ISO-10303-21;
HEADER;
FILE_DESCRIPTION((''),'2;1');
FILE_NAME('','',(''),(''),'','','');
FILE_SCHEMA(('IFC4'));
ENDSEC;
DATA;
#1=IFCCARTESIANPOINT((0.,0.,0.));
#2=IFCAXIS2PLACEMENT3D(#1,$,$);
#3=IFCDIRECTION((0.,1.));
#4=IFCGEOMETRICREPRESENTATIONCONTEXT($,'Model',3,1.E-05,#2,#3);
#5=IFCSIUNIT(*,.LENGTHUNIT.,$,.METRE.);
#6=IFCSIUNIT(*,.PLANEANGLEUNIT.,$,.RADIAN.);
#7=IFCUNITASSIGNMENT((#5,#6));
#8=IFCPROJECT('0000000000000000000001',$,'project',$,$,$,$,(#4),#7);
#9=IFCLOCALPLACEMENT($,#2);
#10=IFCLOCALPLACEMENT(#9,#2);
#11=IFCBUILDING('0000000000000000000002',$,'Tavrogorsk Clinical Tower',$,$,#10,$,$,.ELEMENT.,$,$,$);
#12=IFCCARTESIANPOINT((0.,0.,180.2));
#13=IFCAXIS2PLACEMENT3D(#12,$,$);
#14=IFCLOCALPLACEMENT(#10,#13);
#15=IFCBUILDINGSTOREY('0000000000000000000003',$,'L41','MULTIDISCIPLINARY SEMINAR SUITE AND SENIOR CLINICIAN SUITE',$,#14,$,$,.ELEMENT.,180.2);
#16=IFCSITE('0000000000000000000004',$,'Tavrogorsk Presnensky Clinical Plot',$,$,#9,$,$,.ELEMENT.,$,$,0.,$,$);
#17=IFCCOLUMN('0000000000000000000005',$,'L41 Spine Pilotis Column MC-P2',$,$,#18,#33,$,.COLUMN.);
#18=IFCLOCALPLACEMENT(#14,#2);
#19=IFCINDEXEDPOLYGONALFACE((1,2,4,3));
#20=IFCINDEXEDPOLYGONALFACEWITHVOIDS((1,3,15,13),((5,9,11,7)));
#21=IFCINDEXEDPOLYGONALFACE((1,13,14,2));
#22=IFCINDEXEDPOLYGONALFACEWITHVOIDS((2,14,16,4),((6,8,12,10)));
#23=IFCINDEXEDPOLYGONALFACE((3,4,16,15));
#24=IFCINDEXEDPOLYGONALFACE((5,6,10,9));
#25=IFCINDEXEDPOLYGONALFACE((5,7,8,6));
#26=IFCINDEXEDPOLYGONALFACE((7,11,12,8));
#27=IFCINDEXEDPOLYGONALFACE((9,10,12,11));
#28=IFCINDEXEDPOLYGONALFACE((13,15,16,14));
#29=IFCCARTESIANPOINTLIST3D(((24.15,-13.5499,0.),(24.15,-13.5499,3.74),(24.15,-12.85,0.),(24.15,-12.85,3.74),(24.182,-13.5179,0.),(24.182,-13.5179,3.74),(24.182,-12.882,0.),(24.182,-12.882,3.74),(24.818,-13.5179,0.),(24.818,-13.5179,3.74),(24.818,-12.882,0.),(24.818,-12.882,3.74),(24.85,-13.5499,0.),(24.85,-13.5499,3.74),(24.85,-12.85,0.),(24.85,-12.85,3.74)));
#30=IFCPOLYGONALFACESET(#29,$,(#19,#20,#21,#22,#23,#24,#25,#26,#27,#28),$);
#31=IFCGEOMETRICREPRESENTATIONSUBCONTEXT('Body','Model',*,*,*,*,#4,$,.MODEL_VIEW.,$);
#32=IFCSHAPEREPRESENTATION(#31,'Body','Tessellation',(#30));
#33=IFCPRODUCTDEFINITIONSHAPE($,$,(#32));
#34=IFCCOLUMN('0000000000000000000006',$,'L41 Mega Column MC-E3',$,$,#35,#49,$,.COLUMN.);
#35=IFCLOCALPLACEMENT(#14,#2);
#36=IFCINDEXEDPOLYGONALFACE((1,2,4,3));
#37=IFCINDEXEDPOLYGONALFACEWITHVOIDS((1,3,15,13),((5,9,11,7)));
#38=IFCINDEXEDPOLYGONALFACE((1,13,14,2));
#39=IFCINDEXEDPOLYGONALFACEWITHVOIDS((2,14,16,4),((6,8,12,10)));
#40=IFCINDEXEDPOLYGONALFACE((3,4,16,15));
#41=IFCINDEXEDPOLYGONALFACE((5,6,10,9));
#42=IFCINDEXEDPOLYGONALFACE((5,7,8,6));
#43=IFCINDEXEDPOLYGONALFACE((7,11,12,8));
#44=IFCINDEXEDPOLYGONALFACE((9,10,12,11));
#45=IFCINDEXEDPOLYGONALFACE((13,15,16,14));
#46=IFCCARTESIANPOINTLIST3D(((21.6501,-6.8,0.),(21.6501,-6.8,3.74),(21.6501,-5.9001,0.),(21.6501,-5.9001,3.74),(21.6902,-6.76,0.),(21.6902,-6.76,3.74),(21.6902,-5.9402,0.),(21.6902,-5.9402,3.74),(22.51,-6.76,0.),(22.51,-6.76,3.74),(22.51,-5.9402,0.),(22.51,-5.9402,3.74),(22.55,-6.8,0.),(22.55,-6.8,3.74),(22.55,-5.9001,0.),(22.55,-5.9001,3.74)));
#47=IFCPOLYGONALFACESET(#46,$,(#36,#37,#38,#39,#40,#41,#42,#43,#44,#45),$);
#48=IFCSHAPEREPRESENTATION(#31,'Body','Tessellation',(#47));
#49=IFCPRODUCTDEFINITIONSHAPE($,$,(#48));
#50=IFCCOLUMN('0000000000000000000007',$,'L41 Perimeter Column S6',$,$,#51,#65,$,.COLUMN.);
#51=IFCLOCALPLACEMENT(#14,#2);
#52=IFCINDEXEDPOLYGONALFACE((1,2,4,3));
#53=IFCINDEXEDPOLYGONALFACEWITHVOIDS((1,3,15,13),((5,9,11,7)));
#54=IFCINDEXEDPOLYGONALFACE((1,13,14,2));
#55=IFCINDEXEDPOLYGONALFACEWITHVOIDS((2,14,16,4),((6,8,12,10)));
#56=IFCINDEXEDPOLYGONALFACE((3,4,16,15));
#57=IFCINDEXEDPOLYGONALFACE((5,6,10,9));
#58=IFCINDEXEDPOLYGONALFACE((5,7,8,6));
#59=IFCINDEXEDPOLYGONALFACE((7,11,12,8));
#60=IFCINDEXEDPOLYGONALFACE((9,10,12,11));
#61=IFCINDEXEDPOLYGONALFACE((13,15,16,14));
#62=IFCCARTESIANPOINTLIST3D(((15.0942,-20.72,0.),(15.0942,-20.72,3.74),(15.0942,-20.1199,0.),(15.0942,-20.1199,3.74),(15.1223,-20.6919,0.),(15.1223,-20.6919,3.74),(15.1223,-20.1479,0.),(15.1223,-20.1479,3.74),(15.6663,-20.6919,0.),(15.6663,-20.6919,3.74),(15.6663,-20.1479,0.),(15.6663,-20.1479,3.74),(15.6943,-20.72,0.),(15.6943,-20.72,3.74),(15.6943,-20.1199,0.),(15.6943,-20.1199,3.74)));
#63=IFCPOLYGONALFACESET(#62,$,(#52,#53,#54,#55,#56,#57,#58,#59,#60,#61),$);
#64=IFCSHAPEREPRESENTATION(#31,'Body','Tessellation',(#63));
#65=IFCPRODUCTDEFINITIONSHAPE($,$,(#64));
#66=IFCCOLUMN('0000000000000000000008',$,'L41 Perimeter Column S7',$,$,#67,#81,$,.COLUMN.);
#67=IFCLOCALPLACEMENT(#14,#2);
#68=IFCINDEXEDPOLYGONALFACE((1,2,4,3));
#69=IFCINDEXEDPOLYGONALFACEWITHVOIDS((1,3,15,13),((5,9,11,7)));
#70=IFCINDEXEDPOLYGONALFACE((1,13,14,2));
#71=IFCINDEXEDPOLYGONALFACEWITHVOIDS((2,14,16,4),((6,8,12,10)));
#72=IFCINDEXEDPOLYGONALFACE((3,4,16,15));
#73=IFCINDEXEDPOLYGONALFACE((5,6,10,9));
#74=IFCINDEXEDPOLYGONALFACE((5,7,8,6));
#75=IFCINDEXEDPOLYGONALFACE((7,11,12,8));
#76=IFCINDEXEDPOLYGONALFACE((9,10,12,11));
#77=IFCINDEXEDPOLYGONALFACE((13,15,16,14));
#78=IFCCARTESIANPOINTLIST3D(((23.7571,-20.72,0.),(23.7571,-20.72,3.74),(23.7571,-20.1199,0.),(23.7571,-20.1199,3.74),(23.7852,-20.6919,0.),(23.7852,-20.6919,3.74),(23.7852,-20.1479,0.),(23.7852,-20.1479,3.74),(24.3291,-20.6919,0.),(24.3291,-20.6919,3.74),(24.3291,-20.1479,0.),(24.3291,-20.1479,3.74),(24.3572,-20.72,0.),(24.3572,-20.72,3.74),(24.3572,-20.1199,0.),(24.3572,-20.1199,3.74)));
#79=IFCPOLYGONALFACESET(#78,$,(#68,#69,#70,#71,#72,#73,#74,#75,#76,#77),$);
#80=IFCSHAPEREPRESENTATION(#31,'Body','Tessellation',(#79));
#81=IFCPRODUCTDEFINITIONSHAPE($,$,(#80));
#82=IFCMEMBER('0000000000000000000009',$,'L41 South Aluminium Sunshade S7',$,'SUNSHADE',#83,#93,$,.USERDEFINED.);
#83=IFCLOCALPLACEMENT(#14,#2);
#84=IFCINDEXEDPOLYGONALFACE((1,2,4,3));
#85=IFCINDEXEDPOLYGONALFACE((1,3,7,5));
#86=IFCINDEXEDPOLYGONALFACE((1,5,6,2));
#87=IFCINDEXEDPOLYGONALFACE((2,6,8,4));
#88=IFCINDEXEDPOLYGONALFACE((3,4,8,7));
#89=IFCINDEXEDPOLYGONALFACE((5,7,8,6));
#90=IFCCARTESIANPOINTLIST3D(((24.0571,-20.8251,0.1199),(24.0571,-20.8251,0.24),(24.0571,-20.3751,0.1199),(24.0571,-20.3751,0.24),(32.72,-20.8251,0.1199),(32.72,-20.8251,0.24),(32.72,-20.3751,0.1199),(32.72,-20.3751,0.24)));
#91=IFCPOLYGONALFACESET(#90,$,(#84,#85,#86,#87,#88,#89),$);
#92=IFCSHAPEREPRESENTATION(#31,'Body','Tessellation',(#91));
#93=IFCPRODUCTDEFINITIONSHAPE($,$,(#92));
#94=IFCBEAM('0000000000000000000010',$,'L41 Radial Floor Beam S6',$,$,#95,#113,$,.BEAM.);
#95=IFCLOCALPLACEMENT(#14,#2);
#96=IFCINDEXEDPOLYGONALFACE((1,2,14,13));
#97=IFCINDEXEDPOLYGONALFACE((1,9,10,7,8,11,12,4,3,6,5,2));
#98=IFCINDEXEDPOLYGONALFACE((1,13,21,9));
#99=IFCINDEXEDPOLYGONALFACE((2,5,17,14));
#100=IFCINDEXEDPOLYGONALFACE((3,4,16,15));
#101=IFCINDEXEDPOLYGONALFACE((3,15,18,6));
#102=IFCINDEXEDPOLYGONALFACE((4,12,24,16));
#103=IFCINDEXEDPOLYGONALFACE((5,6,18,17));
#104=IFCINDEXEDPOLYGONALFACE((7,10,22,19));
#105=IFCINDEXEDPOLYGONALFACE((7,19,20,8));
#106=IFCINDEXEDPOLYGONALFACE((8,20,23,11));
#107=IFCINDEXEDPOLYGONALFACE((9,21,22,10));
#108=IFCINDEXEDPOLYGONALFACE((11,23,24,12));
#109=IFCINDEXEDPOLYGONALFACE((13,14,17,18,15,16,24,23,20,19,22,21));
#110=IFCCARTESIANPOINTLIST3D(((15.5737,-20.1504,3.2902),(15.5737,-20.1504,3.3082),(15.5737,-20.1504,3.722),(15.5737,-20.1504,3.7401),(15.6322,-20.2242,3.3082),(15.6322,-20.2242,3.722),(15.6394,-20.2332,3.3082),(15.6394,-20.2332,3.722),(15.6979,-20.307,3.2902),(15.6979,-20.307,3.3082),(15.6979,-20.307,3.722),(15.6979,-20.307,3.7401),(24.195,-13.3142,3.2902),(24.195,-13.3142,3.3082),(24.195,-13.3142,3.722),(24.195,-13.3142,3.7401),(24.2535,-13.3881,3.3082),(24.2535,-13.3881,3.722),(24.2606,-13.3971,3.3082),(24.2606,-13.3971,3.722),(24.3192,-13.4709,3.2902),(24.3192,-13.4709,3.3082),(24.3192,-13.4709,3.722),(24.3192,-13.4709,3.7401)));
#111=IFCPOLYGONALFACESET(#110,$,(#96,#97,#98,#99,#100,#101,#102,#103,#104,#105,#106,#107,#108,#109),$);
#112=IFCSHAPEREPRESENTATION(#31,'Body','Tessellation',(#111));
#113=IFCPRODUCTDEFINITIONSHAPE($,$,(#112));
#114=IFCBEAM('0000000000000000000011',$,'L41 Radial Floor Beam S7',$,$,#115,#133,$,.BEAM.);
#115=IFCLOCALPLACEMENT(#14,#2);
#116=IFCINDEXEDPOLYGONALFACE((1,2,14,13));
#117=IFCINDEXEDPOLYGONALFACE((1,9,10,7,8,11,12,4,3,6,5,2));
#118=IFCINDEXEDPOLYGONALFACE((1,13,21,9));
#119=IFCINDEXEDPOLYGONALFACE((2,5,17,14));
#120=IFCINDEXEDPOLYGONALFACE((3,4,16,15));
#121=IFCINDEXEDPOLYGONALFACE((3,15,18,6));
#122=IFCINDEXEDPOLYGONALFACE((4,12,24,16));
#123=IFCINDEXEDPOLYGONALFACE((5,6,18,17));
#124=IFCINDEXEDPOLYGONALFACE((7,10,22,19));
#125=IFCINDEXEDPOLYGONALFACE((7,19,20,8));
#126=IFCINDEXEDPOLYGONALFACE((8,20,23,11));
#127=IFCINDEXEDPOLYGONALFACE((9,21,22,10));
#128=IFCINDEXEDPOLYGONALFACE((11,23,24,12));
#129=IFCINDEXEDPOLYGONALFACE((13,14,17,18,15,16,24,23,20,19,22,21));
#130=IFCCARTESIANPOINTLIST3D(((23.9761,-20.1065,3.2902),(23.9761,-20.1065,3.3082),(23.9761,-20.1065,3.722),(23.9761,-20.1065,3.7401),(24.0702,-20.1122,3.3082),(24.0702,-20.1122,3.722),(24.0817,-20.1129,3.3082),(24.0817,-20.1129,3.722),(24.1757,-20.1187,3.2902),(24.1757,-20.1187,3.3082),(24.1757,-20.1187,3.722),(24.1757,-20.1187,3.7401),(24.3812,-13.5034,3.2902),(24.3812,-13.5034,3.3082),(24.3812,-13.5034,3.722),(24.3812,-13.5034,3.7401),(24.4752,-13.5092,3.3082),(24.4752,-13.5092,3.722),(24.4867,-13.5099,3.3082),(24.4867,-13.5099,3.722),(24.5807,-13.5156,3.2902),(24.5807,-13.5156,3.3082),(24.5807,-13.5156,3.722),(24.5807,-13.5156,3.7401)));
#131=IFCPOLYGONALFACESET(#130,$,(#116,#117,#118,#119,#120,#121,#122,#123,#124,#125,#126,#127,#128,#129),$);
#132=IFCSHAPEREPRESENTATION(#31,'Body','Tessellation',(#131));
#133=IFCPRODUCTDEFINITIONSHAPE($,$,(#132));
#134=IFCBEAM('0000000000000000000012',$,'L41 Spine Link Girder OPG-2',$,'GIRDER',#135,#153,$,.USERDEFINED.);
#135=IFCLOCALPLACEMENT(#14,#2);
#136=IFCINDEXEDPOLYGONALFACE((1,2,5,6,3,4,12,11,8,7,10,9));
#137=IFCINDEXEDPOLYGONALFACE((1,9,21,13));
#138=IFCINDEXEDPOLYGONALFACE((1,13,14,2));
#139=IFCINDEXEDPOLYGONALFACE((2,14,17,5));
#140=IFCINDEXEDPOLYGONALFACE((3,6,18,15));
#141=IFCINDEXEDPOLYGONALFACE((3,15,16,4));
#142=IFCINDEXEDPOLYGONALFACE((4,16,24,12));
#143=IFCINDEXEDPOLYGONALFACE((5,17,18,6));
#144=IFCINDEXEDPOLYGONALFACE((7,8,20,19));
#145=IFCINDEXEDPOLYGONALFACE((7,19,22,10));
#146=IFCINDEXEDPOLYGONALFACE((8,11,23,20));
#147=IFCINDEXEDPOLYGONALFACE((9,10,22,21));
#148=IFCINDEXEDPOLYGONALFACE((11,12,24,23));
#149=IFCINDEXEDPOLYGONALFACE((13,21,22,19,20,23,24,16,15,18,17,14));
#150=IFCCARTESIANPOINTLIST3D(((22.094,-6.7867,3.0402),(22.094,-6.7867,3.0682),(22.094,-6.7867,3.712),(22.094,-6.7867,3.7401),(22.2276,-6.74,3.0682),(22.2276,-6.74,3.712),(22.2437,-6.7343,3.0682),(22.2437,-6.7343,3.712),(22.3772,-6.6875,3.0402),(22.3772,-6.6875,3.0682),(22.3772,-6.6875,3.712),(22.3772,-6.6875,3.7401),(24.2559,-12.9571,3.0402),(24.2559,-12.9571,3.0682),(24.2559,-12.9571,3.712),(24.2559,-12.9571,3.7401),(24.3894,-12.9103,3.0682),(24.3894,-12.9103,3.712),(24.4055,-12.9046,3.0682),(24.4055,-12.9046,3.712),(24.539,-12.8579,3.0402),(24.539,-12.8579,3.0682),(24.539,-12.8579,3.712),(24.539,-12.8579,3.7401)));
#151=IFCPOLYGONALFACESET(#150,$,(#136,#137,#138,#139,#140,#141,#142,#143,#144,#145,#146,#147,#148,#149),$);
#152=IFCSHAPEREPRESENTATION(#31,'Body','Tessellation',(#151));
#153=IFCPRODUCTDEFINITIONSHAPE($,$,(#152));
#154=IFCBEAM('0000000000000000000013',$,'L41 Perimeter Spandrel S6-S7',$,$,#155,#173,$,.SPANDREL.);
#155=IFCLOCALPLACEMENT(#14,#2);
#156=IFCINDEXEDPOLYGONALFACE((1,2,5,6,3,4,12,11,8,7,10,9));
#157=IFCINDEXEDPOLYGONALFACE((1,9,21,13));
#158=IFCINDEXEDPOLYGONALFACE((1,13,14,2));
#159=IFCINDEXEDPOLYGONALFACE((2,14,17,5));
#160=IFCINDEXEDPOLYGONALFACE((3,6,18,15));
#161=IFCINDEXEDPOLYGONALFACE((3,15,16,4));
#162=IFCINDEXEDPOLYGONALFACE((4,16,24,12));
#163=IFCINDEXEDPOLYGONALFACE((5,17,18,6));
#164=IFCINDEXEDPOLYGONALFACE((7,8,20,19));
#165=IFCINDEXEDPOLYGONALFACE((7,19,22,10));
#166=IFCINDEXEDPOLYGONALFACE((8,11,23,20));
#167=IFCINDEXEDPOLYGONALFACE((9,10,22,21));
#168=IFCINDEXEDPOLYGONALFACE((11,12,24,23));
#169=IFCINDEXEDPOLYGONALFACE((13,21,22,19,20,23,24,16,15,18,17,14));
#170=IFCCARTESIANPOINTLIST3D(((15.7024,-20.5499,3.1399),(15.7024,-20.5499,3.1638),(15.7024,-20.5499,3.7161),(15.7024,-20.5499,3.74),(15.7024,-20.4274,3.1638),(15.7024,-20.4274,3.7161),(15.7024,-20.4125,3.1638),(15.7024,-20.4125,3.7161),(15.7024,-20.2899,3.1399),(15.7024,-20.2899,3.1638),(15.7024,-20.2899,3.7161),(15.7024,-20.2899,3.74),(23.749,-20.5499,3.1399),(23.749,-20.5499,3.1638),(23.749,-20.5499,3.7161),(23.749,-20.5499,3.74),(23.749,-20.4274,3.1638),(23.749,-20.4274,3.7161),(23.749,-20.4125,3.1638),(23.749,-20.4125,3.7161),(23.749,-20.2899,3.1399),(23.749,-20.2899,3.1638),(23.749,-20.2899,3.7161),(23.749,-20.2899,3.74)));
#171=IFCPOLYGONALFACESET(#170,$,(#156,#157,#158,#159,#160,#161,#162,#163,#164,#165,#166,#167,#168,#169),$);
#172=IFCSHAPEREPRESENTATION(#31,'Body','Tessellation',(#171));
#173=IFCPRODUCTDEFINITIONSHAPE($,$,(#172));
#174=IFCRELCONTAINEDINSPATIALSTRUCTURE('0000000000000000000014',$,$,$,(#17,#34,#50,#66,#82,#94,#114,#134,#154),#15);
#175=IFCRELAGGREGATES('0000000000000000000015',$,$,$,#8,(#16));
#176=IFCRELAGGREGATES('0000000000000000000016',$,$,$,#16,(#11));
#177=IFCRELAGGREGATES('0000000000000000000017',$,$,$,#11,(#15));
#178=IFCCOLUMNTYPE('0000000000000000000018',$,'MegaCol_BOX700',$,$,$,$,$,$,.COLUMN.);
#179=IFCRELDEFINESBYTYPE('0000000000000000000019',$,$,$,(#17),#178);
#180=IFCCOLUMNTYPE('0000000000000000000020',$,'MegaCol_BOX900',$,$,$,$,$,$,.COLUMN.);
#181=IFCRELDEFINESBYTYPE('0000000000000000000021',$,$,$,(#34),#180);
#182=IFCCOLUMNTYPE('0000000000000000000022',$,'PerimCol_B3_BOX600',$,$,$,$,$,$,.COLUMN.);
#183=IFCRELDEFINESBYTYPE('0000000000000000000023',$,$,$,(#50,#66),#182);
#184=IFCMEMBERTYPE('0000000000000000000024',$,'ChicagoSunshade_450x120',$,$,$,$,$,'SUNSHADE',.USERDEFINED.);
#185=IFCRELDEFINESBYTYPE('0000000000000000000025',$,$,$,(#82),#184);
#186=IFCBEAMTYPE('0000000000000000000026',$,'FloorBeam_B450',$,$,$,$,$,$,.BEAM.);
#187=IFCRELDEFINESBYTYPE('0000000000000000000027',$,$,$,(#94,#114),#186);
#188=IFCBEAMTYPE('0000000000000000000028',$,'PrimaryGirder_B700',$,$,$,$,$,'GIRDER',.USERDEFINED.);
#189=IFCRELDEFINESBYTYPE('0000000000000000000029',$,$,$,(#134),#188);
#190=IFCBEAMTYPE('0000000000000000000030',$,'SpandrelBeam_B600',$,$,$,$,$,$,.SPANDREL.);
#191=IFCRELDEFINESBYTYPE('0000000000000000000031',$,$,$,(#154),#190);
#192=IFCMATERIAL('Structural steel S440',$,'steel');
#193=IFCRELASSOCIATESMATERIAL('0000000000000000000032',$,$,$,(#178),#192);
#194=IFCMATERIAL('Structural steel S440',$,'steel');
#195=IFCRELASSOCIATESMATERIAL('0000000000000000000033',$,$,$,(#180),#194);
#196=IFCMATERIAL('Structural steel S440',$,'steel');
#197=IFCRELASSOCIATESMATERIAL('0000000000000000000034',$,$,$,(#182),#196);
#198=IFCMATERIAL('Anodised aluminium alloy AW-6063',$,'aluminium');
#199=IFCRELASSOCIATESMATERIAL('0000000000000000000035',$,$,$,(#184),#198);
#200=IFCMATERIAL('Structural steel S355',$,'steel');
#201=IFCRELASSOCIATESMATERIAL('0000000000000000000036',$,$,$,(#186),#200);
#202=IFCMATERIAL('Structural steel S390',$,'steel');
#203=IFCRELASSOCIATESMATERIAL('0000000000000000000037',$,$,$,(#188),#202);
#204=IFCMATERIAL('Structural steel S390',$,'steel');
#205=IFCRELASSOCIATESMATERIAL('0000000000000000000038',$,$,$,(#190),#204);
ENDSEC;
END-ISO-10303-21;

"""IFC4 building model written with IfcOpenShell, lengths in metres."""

from ifc_helpers import new_model, si_unit, direction, frame, origin, origin_2d, place, context, subcontext, project, spatial, rectangle, hollow_rectangle, i_section, extrude, material, material_profile, profile_set, type_object, element, save


model = new_model("IFC4")

# Units and contexts
model_context = context("Model", 3, precision=1e-05, world=origin(), true_north=direction((0.0, 1.0)))
body_context = subcontext(model_context, "Body", "Model", "MODEL_VIEW")
ifc_project = project(units=[si_unit("LENGTHUNIT", "METRE"), si_unit("PLANEANGLEUNIT", "RADIAN")], contexts=[model_context])

# Site, building, storey
site_placement = place(None, origin())
site = spatial("IfcSite", under=ifc_project, at=site_placement, Name="Tavrogorsk Presnensky Clinical Plot", CompositionType="ELEMENT", RefElevation=0.0)
building_placement = place(site_placement, origin())
building = spatial("IfcBuilding", under=site, at=building_placement, Name="Tavrogorsk Clinical Tower", CompositionType="ELEMENT")
storey_placement = place(building_placement, frame((0.0, 0.0, 180.2)))
storey = spatial("IfcBuildingStorey", under=building, at=storey_placement, Name="L41", Description="MULTIDISCIPLINARY SEMINAR SUITE AND SENIOR CLINICIAN SUITE", CompositionType="ELEMENT", Elevation=180.2)

# Columns
ifc_material_1 = material(Name="Structural steel S440", Category="steel")
ifc_material_profile_1 = material_profile(ifc_material_1, hollow_rectangle(XDim=0.7, YDim=0.7, WallThickness=0.032, at=origin_2d()), Name="BOX-700x700x32")
ifc_profile_set_1 = profile_set([ifc_material_profile_1], Name="Structural steel S440")
column_type_1 = type_object("IfcColumnType", Name="MegaCol_BOX700", PredefinedType="COLUMN", material=ifc_profile_set_1)
column_1_placement = place(storey_placement, frame((24.5, -13.2, 0.0), z_axis=(0.0, 0.0, 1.0), x_axis=(1.0, 0.0, 0.0)))
element("IfcColumn", 1, at=column_1_placement, inside=storey, type_object=column_type_1, Name="L41 Spine Pilotis Column MC-P2", PredefinedType="COLUMN", context=body_context, shape_type="SweptSolid", body=[
    extrude(hollow_rectangle(XDim=0.7, YDim=0.7, WallThickness=0.032, at=origin_2d()), origin(), (0.0, 0.0, 1.0), 3.74),
])
ifc_material_2 = material(Name="Structural steel S440", Category="steel")
ifc_material_profile_2 = material_profile(ifc_material_2, hollow_rectangle(XDim=0.8999, YDim=0.8999, WallThickness=0.04, at=origin_2d()), Name="BOX-900x900x40")
ifc_profile_set_2 = profile_set([ifc_material_profile_2], Name="Structural steel S440")
column_type_2 = type_object("IfcColumnType", Name="MegaCol_BOX900", PredefinedType="COLUMN", material=ifc_profile_set_2)
column_2_placement = place(storey_placement, frame((22.1001, -6.3501, 0.0), z_axis=(0.0, 0.0, 1.0), x_axis=(1.0, 0.0, 0.0)))
element("IfcColumn", 2, at=column_2_placement, inside=storey, type_object=column_type_2, Name="L41 Mega Column MC-E3", PredefinedType="COLUMN", context=body_context, shape_type="SweptSolid", body=[
    extrude(hollow_rectangle(XDim=0.8999, YDim=0.8999, WallThickness=0.04, at=origin_2d()), origin(), (0.0, 0.0, 1.0), 3.74),
])
ifc_material_3 = material(Name="Structural steel S440", Category="steel")
ifc_material_profile_3 = material_profile(ifc_material_3, hollow_rectangle(XDim=0.6001, YDim=0.6001, WallThickness=0.0281, at=origin_2d()), Name="BOX-600x600x28")
ifc_profile_set_3 = profile_set([ifc_material_profile_3], Name="Structural steel S440")
column_type_3 = type_object("IfcColumnType", Name="PerimCol_B3_BOX600", PredefinedType="COLUMN", material=ifc_profile_set_3)
for number, where, z_axis, x_axis, name in (
    (3, (15.3943, -20.4199, 0.0), (0.0, 0.0, 1.0), (1.0, 0.0, 0.0), "L41 Perimeter Column S6"),
    (4, (24.0571, -20.4199, 0.0), (0.0, 0.0, 1.0), (1.0, 0.0, 0.0), "L41 Perimeter Column S7"),
):
    element("IfcColumn", number, at=place(storey_placement, frame(where, z_axis=z_axis, x_axis=x_axis)), inside=storey, type_object=column_type_3, Name=name, PredefinedType="COLUMN", context=body_context, shape_type="SweptSolid", body=[
        extrude(hollow_rectangle(XDim=0.6001, YDim=0.6001, WallThickness=0.0281, at=origin_2d()), origin(), (0.0, 0.0, 1.0), 3.74),
    ])

# Member
ifc_material_4 = material(Name="Anodised aluminium alloy AW-6063", Category="aluminium")
ifc_material_profile_4 = material_profile(ifc_material_4, rectangle(XDim=0.45, YDim=0.1201, at=origin_2d()), Name="ALU-SUNSHADE-450x120")
ifc_profile_set_4 = profile_set([ifc_material_profile_4], Name="Anodised aluminium alloy AW-6063")
member_type = type_object("IfcMemberType", Name="ChicagoSunshade_450x120", ElementType="SUNSHADE", PredefinedType="USERDEFINED", material=ifc_profile_set_4)
member_placement = place(storey_placement, frame((24.0571, -20.6001, 0.1799), z_axis=(1.0, 0.0, 0.0), x_axis=(0.0, 1.0, 0.0)))
element("IfcMember", 5, at=member_placement, inside=storey, type_object=member_type, Name="L41 South Aluminium Sunshade S7", ObjectType="SUNSHADE", PredefinedType="USERDEFINED", context=body_context, shape_type="SweptSolid", body=[
    extrude(rectangle(XDim=0.45, YDim=0.1201, at=origin_2d()), origin(), (0.0, 0.0, 1.0), 8.6628),
])

# Beams
ifc_material_5 = material(Name="Structural steel S355", Category="steel")
ifc_material_profile_5 = material_profile(ifc_material_5, i_section(OverallWidth=0.2, OverallDepth=0.45, WebThickness=0.0115, FlangeThickness=0.0181, at=origin_2d()), Name="B-450x200x11.5x18")
ifc_profile_set_5 = profile_set([ifc_material_profile_5], Name="Structural steel S355")
beam_type_1 = type_object("IfcBeamType", Name="FloorBeam_B450", PredefinedType="BEAM", material=ifc_profile_set_5)
beam_1_placement = place(storey_placement, frame((24.2571, -13.3926, 3.5151), z_axis=(-0.783561, -0.621315, 0.0), x_axis=(0.621315, -0.783561, 0.0)))
element("IfcBeam", 6, at=beam_1_placement, inside=storey, type_object=beam_type_1, Name="L41 Radial Floor Beam S6", PredefinedType="BEAM", context=body_context, shape_type="SweptSolid", body=[
    extrude(i_section(OverallWidth=0.2, OverallDepth=0.45, WebThickness=0.0115, FlangeThickness=0.0181, at=origin_2d()), origin(), (0.0, 0.0, 1.0), 11.0027),
])
beam_2_placement = place(storey_placement, frame((24.481, -13.5095, 3.5151), z_axis=(-0.061225, -0.998124, 0.0), x_axis=(0.998124, -0.061225, 0.0)))
element("IfcBeam", 7, at=beam_2_placement, inside=storey, type_object=beam_type_1, Name="L41 Radial Floor Beam S7", PredefinedType="BEAM", context=body_context, shape_type="SweptSolid", body=[
    extrude(i_section(OverallWidth=0.2, OverallDepth=0.45, WebThickness=0.0115, FlangeThickness=0.0181, at=origin_2d()), origin(), (0.0, 0.0, 1.0), 6.6155),
])
ifc_material_6 = material(Name="Structural steel S390", Category="steel")
ifc_material_profile_6 = material_profile(ifc_material_6, i_section(OverallWidth=0.3, OverallDepth=0.7, WebThickness=0.0171, FlangeThickness=0.0281, at=origin_2d()), Name="B-700x300x17x28")
ifc_profile_set_6 = profile_set([ifc_material_profile_6], Name="Structural steel S390")
beam_type_2 = type_object("IfcBeamType", Name="PrimaryGirder_B700", ElementType="GIRDER", PredefinedType="USERDEFINED", material=ifc_profile_set_6)
beam_3_placement = place(storey_placement, frame((24.3975, -12.9075, 3.3901), z_axis=(-0.330653, 0.943752, 0.0), x_axis=(-0.943752, -0.330653, 0.0)))
element("IfcBeam", 8, at=beam_3_placement, inside=storey, type_object=beam_type_2, Name="L41 Spine Link Girder OPG-2", ObjectType="GIRDER", PredefinedType="USERDEFINED", context=body_context, shape_type="SweptSolid", body=[
    extrude(i_section(OverallWidth=0.3, OverallDepth=0.7, WebThickness=0.0171, FlangeThickness=0.0281, at=origin_2d()), origin(), (0.0, 0.0, 1.0), 6.5381),
])
ifc_material_7 = material(Name="Structural steel S390", Category="steel")
ifc_material_profile_7 = material_profile(ifc_material_7, i_section(OverallWidth=0.26, OverallDepth=0.6001, WebThickness=0.0149, FlangeThickness=0.0239, at=origin_2d()), Name="B-600x260x15x24")
ifc_profile_set_7 = profile_set([ifc_material_profile_7], Name="Structural steel S390")
beam_type_3 = type_object("IfcBeamType", Name="SpandrelBeam_B600", PredefinedType="SPANDREL", material=ifc_profile_set_7)
beam_4_placement = place(storey_placement, frame((15.7024, -20.4199, 3.4399), z_axis=(1.0, 0.0, 0.0), x_axis=(0.0, 1.0, 0.0)))
element("IfcBeam", 9, at=beam_4_placement, inside=storey, type_object=beam_type_3, Name="L41 Perimeter Spandrel S6-S7", PredefinedType="SPANDREL", context=body_context, shape_type="SweptSolid", body=[
    extrude(i_section(OverallWidth=0.26, OverallDepth=0.6001, WebThickness=0.0149, FlangeThickness=0.0239, at=origin_2d()), origin(), (0.0, 0.0, 1.0), 8.0466),
])

save(model, "model.ifc")
